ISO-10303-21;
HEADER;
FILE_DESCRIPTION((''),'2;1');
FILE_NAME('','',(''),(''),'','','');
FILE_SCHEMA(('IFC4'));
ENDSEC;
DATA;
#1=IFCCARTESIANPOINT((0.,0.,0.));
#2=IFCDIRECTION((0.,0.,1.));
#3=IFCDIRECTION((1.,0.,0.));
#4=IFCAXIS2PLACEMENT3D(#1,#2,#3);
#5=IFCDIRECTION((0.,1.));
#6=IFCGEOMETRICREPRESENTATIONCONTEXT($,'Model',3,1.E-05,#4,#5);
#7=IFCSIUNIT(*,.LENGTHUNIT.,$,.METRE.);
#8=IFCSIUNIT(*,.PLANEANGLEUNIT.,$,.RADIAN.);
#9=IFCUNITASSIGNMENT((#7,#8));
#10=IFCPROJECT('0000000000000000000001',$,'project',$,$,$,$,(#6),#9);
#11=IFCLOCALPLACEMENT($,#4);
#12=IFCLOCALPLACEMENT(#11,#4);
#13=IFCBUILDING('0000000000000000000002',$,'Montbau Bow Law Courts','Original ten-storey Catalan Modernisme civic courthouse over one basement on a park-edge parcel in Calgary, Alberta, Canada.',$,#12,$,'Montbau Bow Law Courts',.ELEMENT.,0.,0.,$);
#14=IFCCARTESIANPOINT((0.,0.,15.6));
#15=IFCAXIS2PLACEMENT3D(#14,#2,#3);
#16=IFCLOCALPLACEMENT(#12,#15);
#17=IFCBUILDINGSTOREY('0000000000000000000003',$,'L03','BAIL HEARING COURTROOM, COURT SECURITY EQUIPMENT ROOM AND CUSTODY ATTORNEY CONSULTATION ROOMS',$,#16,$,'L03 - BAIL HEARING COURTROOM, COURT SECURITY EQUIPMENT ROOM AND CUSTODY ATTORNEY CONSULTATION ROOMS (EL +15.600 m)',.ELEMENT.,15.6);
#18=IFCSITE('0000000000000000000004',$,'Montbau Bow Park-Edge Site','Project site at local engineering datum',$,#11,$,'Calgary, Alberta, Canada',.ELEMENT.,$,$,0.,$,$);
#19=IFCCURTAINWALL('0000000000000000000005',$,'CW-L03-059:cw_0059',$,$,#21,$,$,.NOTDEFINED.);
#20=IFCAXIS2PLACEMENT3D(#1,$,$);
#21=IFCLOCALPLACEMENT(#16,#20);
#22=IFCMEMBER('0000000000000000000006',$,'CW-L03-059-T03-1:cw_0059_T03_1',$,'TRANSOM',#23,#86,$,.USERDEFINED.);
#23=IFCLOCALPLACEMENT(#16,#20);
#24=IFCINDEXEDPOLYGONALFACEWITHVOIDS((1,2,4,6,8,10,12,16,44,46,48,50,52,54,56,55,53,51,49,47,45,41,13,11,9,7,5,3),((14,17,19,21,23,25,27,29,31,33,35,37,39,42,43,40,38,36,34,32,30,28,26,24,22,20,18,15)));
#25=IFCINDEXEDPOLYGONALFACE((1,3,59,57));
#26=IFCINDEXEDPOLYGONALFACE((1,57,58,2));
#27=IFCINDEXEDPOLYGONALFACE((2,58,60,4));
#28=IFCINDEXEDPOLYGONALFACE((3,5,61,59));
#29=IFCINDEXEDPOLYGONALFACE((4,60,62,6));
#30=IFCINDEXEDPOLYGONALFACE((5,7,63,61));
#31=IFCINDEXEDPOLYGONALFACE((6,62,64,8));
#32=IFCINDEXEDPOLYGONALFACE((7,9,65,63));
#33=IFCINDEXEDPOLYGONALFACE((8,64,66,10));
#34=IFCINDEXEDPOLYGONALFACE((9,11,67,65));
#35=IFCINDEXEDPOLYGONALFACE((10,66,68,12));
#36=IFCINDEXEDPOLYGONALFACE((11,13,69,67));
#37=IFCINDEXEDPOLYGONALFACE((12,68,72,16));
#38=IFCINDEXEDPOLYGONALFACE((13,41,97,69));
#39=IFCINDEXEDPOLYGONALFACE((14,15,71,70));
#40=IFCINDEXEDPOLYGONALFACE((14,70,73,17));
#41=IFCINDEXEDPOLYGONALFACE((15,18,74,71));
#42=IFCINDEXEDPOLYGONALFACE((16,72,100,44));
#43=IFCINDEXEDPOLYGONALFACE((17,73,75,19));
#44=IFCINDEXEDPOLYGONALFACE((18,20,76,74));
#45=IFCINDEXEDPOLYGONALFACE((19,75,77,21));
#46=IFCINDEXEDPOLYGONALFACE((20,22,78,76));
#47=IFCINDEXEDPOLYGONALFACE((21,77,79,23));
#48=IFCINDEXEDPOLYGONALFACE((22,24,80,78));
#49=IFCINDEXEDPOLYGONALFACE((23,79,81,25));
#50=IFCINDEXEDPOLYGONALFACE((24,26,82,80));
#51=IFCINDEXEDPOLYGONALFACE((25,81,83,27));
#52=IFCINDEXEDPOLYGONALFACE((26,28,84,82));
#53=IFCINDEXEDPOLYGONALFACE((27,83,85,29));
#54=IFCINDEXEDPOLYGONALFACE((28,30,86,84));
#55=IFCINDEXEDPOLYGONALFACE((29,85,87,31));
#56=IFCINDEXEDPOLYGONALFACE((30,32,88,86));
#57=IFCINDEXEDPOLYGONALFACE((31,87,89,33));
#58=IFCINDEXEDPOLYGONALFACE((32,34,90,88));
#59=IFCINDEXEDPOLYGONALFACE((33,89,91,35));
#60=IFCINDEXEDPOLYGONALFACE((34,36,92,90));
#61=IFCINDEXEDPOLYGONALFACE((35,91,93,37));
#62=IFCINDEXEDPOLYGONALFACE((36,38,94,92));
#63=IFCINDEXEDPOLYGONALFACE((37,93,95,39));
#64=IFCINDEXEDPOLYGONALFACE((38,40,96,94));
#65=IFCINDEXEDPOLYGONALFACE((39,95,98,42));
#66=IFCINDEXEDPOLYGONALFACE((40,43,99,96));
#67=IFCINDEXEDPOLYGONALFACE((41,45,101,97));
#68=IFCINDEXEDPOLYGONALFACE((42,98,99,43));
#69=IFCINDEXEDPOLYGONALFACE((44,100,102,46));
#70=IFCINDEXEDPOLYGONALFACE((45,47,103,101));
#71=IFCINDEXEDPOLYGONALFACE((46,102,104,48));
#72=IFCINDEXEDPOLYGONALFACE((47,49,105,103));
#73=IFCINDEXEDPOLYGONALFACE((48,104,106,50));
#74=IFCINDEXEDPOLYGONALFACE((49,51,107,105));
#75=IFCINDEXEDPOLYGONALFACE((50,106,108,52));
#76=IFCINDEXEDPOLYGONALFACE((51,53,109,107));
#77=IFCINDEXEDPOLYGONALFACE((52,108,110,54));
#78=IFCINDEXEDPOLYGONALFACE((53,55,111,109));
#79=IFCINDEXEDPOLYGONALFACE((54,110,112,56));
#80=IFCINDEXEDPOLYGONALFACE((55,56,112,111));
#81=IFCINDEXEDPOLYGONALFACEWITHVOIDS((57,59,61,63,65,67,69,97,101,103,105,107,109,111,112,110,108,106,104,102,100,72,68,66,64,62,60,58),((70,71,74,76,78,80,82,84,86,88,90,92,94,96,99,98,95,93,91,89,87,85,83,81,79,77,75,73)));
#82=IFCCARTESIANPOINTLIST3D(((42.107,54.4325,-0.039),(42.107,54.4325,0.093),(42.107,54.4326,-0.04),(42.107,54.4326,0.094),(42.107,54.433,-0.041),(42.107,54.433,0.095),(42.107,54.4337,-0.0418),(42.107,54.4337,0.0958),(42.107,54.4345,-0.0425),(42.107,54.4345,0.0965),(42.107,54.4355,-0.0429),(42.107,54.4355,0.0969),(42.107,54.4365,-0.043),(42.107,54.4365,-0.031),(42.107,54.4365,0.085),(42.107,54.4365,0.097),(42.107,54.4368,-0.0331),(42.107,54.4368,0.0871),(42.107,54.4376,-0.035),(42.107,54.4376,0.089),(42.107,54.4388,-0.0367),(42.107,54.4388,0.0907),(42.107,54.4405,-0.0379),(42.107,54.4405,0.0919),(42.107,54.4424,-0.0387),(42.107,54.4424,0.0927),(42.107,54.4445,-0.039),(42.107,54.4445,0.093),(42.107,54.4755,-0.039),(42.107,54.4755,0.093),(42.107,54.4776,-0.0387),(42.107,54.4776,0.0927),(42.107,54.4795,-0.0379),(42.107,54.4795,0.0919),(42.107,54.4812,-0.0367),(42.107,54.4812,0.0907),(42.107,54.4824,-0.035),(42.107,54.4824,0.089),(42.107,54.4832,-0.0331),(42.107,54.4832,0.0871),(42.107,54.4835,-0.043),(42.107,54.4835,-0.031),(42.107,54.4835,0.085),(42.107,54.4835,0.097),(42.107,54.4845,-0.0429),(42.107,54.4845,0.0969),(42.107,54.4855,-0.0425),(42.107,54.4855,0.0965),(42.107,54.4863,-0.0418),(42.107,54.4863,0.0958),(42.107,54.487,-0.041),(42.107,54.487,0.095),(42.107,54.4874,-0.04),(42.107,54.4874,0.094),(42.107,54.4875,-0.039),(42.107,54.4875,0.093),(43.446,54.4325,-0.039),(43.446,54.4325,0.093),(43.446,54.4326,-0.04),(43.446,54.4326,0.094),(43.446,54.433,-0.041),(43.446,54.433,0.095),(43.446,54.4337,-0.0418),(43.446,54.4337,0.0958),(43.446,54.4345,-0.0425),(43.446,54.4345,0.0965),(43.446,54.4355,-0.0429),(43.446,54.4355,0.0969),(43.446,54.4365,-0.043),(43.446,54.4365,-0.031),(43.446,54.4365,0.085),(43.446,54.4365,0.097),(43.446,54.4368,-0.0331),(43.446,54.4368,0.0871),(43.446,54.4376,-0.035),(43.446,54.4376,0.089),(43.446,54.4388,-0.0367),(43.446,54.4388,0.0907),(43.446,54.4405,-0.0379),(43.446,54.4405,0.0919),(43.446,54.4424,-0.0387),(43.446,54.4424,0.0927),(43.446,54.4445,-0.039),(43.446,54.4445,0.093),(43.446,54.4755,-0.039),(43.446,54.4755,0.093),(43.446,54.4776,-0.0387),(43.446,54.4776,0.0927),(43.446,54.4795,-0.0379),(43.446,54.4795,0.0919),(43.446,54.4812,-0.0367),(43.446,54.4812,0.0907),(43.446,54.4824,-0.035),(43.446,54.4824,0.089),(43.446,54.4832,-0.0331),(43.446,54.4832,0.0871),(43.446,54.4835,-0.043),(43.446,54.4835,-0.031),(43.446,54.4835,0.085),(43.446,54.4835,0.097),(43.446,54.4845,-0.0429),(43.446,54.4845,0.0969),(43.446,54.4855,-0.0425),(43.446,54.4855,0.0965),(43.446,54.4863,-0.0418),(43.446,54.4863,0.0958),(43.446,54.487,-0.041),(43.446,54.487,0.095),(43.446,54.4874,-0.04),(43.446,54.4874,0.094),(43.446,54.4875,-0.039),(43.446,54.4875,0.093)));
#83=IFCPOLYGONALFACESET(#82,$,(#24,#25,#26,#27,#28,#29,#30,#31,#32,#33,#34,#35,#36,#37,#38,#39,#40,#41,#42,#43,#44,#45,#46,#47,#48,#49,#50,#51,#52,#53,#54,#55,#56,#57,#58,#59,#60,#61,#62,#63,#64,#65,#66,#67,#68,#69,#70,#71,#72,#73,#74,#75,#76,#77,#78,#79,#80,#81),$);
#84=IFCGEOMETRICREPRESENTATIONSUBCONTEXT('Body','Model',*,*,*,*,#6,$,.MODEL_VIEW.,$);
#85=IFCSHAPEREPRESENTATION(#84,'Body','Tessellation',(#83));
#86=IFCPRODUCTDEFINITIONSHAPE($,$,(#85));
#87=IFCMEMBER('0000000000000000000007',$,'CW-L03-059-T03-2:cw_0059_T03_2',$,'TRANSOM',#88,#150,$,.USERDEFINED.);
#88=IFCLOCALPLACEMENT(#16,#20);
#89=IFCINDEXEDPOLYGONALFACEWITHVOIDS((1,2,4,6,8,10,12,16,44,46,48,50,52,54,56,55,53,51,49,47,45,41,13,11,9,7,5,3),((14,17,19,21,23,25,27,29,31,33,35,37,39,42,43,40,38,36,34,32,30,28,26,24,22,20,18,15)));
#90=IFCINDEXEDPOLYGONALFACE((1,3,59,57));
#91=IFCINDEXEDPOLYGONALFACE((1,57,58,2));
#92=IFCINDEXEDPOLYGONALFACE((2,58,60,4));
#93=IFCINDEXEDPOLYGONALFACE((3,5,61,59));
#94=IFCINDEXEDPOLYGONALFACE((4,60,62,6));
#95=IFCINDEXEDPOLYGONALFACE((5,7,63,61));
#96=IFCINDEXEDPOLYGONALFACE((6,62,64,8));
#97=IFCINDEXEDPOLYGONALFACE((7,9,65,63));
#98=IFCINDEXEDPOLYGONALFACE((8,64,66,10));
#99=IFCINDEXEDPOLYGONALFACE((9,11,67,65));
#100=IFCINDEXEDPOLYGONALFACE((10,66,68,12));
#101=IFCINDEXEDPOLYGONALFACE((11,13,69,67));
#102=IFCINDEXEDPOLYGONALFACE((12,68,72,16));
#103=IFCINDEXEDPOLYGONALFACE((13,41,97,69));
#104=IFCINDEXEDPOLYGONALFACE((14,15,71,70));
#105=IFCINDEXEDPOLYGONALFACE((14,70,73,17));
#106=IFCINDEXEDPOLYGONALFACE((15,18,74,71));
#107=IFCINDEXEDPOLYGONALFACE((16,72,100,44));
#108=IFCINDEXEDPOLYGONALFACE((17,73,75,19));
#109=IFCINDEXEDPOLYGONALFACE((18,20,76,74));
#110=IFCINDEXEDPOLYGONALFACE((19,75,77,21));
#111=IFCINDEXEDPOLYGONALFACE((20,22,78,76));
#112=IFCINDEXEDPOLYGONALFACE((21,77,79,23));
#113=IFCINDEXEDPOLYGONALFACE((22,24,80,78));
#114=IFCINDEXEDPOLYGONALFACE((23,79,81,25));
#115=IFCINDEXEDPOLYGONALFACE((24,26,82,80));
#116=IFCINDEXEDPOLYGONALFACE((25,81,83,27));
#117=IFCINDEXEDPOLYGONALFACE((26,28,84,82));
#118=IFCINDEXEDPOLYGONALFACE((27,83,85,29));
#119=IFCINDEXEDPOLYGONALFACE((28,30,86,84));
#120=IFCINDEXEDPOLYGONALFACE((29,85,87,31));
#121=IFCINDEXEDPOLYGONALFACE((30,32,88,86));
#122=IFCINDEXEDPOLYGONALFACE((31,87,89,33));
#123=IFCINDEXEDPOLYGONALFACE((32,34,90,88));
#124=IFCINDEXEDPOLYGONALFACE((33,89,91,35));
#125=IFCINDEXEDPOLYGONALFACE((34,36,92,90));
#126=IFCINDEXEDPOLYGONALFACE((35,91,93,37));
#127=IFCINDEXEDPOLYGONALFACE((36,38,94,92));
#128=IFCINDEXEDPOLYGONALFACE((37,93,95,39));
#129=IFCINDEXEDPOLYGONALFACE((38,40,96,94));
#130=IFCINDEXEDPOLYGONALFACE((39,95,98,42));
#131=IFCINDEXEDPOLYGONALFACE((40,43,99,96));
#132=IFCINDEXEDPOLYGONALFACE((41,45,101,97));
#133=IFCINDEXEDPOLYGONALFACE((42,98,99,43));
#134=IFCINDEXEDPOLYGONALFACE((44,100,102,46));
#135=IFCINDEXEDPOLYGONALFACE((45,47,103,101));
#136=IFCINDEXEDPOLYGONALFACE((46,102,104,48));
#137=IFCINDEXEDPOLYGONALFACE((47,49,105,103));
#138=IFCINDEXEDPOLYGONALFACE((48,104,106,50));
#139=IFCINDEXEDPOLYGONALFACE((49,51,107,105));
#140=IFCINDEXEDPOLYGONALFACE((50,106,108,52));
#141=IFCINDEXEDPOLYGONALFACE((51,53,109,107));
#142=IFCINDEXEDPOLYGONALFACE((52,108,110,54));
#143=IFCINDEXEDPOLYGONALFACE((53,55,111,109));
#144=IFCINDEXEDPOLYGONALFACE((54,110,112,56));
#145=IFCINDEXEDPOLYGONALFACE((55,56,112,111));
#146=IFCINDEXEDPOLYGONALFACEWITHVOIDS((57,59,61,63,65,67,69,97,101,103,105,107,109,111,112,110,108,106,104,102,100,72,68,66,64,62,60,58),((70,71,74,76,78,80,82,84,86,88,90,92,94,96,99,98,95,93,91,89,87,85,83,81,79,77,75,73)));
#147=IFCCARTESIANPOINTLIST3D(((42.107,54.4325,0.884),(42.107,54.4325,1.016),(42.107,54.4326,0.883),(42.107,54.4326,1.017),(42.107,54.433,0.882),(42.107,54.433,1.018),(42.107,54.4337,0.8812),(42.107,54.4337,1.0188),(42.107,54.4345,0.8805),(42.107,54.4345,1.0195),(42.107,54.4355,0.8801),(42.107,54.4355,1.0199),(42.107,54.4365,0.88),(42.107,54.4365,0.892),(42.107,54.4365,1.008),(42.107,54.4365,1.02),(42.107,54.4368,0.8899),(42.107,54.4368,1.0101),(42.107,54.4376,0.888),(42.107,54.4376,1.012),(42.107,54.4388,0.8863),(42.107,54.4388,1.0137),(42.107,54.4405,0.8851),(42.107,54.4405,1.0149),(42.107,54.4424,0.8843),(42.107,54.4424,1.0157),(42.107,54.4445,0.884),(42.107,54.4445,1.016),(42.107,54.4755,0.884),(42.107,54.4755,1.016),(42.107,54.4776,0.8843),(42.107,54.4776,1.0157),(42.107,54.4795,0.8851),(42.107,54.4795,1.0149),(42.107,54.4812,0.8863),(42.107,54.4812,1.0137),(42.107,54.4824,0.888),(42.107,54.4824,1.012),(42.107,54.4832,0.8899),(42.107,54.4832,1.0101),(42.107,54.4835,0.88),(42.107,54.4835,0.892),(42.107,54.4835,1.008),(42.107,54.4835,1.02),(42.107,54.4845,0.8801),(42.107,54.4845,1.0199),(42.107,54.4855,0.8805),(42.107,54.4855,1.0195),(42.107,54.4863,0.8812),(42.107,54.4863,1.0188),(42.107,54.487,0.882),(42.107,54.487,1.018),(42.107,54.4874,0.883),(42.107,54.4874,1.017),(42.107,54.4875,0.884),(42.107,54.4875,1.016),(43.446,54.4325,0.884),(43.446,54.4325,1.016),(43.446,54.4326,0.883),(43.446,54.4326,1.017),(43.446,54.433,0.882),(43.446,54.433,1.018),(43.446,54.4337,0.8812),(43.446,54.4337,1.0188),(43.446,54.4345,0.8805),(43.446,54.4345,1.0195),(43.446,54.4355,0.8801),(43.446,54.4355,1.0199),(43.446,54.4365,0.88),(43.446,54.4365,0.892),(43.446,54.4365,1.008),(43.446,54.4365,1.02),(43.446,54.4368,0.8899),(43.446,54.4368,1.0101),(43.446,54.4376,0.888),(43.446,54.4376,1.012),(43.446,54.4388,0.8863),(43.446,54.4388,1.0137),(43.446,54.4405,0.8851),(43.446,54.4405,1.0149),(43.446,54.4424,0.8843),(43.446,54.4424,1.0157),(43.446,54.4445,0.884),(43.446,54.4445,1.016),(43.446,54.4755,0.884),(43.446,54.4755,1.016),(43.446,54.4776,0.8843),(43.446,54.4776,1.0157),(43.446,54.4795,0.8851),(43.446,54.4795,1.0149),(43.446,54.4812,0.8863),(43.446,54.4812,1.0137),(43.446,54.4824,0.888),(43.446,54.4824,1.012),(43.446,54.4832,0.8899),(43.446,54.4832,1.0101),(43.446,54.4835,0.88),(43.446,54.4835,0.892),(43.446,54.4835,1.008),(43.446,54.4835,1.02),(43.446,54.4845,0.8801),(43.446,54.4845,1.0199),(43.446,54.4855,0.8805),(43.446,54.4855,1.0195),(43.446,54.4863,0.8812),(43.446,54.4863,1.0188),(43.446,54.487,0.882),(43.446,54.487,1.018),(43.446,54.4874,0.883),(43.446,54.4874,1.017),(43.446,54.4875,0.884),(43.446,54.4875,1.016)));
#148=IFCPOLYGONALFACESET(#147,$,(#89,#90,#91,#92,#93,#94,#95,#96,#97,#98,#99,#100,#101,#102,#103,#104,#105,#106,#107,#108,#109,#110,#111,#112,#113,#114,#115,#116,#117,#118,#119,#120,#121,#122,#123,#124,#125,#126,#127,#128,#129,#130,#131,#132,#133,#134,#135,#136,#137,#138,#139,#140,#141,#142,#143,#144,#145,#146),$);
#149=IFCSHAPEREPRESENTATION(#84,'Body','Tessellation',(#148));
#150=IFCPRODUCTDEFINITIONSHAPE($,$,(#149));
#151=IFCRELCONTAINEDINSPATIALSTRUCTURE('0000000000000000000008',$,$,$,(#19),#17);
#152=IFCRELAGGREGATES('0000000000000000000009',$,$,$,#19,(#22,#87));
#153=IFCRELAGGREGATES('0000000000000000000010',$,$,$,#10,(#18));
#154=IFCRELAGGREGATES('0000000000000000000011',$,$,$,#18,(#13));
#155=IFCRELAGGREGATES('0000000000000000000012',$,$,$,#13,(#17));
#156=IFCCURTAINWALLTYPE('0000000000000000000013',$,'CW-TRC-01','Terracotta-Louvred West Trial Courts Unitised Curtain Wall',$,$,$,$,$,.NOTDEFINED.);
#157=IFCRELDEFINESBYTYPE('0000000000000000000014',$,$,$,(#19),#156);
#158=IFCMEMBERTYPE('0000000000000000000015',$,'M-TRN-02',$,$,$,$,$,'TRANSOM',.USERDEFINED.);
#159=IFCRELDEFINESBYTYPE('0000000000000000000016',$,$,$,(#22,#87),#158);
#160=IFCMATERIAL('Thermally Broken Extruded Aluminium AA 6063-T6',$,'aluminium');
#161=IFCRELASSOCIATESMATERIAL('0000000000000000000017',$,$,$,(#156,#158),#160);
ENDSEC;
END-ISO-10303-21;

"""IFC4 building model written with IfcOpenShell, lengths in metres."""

from ifc_helpers import new_model, si_unit, direction, frame, origin_with_axes, origin_2d_with_axis, place, context, subcontext, project, spatial, hollow_rectangle, extrude, material, material_profile, profile_set, type_object, element, aggregate, save


model = new_model("IFC4")

# Units and contexts
model_context = context("Model", 3, precision=1e-05, world=origin_with_axes(), true_north=direction((0.0, 1.0)))
body_context = subcontext(model_context, "Body", "Model", "MODEL_VIEW")
ifc_project = project(units=[si_unit("LENGTHUNIT", "METRE"), si_unit("PLANEANGLEUNIT", "RADIAN")], contexts=[model_context])

# Site, building, storey
site_placement = place(None, origin_with_axes())
site = spatial("IfcSite", under=ifc_project, at=site_placement, Name="Montbau Bow Park-Edge Site", Description="Project site at local engineering datum", LongName="Calgary, Alberta, Canada", CompositionType="ELEMENT", RefElevation=0.0)
building_placement = place(site_placement, origin_with_axes())
building = spatial("IfcBuilding", under=site, at=building_placement, Name="Montbau Bow Law Courts", Description="Original ten-storey Catalan Modernisme civic courthouse over one basement on a park-edge parcel in Calgary, Alberta, Canada.", LongName="Montbau Bow Law Courts", CompositionType="ELEMENT", ElevationOfRefHeight=0.0, ElevationOfTerrain=0.0)
storey_placement = place(building_placement, frame((0.0, 0.0, 15.6), z_axis=(0.0, 0.0, 1.0), x_axis=(1.0, 0.0, 0.0)))
storey = spatial("IfcBuildingStorey", under=building, at=storey_placement, Name="L03", Description="BAIL HEARING COURTROOM, COURT SECURITY EQUIPMENT ROOM AND CUSTODY ATTORNEY CONSULTATION ROOMS", LongName="L03 - BAIL HEARING COURTROOM, COURT SECURITY EQUIPMENT ROOM AND CUSTODY ATTORNEY CONSULTATION ROOMS (EL +15.600 m)", CompositionType="ELEMENT", Elevation=15.6)

# Curtain wall, members
ifc_material_1 = material(Name="Thermally Broken Extruded Aluminium AA 6063-T6", Category="aluminium")
curtain_wall_type = type_object("IfcCurtainWallType", Name="CW-TRC-01", Description="Terracotta-Louvred West Trial Courts Unitised Curtain Wall", PredefinedType="NOTDEFINED", material=ifc_material_1)
curtain_wall_placement = place(None, frame((39.268, 54.46, 15.6), z_axis=(0.0, 0.0, 1.0), x_axis=(1.0, 0.0, 0.0)))
curtain_wall = element("IfcCurtainWall", 1, at=curtain_wall_placement, inside=storey, type_object=curtain_wall_type, Name="CW-L03-059:cw_0059", PredefinedType="NOTDEFINED")
ifc_material_profile_1 = material_profile(ifc_material_1, hollow_rectangle(XDim=0.055, YDim=0.14, WallThickness=0.004, InnerFilletRadius=0.008, OuterFilletRadius=0.004, at=origin_2d_with_axis()), Name="CWT-140X55", Category="Main", Priority=0)
ifc_profile_set_1 = profile_set([ifc_material_profile_1], Name="Thermally Broken Extruded Aluminium AA 6063-T6")
member_type_1 = type_object("IfcMemberType", Name="M-TRN-02", ElementType="TRANSOM", PredefinedType="USERDEFINED", material=ifc_profile_set_1)
member_1_placement = place(None, frame((42.107, 54.46, 15.627), z_axis=(1.0, 0.0, 0.0), x_axis=(0.0, 1.0, 0.0)))
member_1 = element("IfcMember", 2, at=member_1_placement, type_object=member_type_1, Name="CW-L03-059-T03-1:cw_0059_T03_1", ObjectType="TRANSOM", PredefinedType="USERDEFINED", context=body_context, shape_type="SweptSolid", body=[
    extrude(hollow_rectangle(XDim=0.055, YDim=0.14, WallThickness=0.004, InnerFilletRadius=0.008, OuterFilletRadius=0.004, at=origin_2d_with_axis()), origin_with_axes(), (0.0, 0.0, 1.0), 1.339),
])
member_2_placement = place(None, frame((42.107, 54.46, 16.55), z_axis=(1.0, 0.0, 0.0), x_axis=(0.0, 1.0, 0.0)))
member_2 = element("IfcMember", 3, at=member_2_placement, type_object=member_type_1, Name="CW-L03-059-T03-2:cw_0059_T03_2", ObjectType="TRANSOM", PredefinedType="USERDEFINED", context=body_context, shape_type="SweptSolid", body=[
    extrude(hollow_rectangle(XDim=0.055, YDim=0.14, WallThickness=0.004, InnerFilletRadius=0.008, OuterFilletRadius=0.004, at=origin_2d_with_axis()), origin_with_axes(), (0.0, 0.0, 1.0), 1.339),
])
aggregate(curtain_wall, [member_1, member_2])

save(model, "model.ifc")
